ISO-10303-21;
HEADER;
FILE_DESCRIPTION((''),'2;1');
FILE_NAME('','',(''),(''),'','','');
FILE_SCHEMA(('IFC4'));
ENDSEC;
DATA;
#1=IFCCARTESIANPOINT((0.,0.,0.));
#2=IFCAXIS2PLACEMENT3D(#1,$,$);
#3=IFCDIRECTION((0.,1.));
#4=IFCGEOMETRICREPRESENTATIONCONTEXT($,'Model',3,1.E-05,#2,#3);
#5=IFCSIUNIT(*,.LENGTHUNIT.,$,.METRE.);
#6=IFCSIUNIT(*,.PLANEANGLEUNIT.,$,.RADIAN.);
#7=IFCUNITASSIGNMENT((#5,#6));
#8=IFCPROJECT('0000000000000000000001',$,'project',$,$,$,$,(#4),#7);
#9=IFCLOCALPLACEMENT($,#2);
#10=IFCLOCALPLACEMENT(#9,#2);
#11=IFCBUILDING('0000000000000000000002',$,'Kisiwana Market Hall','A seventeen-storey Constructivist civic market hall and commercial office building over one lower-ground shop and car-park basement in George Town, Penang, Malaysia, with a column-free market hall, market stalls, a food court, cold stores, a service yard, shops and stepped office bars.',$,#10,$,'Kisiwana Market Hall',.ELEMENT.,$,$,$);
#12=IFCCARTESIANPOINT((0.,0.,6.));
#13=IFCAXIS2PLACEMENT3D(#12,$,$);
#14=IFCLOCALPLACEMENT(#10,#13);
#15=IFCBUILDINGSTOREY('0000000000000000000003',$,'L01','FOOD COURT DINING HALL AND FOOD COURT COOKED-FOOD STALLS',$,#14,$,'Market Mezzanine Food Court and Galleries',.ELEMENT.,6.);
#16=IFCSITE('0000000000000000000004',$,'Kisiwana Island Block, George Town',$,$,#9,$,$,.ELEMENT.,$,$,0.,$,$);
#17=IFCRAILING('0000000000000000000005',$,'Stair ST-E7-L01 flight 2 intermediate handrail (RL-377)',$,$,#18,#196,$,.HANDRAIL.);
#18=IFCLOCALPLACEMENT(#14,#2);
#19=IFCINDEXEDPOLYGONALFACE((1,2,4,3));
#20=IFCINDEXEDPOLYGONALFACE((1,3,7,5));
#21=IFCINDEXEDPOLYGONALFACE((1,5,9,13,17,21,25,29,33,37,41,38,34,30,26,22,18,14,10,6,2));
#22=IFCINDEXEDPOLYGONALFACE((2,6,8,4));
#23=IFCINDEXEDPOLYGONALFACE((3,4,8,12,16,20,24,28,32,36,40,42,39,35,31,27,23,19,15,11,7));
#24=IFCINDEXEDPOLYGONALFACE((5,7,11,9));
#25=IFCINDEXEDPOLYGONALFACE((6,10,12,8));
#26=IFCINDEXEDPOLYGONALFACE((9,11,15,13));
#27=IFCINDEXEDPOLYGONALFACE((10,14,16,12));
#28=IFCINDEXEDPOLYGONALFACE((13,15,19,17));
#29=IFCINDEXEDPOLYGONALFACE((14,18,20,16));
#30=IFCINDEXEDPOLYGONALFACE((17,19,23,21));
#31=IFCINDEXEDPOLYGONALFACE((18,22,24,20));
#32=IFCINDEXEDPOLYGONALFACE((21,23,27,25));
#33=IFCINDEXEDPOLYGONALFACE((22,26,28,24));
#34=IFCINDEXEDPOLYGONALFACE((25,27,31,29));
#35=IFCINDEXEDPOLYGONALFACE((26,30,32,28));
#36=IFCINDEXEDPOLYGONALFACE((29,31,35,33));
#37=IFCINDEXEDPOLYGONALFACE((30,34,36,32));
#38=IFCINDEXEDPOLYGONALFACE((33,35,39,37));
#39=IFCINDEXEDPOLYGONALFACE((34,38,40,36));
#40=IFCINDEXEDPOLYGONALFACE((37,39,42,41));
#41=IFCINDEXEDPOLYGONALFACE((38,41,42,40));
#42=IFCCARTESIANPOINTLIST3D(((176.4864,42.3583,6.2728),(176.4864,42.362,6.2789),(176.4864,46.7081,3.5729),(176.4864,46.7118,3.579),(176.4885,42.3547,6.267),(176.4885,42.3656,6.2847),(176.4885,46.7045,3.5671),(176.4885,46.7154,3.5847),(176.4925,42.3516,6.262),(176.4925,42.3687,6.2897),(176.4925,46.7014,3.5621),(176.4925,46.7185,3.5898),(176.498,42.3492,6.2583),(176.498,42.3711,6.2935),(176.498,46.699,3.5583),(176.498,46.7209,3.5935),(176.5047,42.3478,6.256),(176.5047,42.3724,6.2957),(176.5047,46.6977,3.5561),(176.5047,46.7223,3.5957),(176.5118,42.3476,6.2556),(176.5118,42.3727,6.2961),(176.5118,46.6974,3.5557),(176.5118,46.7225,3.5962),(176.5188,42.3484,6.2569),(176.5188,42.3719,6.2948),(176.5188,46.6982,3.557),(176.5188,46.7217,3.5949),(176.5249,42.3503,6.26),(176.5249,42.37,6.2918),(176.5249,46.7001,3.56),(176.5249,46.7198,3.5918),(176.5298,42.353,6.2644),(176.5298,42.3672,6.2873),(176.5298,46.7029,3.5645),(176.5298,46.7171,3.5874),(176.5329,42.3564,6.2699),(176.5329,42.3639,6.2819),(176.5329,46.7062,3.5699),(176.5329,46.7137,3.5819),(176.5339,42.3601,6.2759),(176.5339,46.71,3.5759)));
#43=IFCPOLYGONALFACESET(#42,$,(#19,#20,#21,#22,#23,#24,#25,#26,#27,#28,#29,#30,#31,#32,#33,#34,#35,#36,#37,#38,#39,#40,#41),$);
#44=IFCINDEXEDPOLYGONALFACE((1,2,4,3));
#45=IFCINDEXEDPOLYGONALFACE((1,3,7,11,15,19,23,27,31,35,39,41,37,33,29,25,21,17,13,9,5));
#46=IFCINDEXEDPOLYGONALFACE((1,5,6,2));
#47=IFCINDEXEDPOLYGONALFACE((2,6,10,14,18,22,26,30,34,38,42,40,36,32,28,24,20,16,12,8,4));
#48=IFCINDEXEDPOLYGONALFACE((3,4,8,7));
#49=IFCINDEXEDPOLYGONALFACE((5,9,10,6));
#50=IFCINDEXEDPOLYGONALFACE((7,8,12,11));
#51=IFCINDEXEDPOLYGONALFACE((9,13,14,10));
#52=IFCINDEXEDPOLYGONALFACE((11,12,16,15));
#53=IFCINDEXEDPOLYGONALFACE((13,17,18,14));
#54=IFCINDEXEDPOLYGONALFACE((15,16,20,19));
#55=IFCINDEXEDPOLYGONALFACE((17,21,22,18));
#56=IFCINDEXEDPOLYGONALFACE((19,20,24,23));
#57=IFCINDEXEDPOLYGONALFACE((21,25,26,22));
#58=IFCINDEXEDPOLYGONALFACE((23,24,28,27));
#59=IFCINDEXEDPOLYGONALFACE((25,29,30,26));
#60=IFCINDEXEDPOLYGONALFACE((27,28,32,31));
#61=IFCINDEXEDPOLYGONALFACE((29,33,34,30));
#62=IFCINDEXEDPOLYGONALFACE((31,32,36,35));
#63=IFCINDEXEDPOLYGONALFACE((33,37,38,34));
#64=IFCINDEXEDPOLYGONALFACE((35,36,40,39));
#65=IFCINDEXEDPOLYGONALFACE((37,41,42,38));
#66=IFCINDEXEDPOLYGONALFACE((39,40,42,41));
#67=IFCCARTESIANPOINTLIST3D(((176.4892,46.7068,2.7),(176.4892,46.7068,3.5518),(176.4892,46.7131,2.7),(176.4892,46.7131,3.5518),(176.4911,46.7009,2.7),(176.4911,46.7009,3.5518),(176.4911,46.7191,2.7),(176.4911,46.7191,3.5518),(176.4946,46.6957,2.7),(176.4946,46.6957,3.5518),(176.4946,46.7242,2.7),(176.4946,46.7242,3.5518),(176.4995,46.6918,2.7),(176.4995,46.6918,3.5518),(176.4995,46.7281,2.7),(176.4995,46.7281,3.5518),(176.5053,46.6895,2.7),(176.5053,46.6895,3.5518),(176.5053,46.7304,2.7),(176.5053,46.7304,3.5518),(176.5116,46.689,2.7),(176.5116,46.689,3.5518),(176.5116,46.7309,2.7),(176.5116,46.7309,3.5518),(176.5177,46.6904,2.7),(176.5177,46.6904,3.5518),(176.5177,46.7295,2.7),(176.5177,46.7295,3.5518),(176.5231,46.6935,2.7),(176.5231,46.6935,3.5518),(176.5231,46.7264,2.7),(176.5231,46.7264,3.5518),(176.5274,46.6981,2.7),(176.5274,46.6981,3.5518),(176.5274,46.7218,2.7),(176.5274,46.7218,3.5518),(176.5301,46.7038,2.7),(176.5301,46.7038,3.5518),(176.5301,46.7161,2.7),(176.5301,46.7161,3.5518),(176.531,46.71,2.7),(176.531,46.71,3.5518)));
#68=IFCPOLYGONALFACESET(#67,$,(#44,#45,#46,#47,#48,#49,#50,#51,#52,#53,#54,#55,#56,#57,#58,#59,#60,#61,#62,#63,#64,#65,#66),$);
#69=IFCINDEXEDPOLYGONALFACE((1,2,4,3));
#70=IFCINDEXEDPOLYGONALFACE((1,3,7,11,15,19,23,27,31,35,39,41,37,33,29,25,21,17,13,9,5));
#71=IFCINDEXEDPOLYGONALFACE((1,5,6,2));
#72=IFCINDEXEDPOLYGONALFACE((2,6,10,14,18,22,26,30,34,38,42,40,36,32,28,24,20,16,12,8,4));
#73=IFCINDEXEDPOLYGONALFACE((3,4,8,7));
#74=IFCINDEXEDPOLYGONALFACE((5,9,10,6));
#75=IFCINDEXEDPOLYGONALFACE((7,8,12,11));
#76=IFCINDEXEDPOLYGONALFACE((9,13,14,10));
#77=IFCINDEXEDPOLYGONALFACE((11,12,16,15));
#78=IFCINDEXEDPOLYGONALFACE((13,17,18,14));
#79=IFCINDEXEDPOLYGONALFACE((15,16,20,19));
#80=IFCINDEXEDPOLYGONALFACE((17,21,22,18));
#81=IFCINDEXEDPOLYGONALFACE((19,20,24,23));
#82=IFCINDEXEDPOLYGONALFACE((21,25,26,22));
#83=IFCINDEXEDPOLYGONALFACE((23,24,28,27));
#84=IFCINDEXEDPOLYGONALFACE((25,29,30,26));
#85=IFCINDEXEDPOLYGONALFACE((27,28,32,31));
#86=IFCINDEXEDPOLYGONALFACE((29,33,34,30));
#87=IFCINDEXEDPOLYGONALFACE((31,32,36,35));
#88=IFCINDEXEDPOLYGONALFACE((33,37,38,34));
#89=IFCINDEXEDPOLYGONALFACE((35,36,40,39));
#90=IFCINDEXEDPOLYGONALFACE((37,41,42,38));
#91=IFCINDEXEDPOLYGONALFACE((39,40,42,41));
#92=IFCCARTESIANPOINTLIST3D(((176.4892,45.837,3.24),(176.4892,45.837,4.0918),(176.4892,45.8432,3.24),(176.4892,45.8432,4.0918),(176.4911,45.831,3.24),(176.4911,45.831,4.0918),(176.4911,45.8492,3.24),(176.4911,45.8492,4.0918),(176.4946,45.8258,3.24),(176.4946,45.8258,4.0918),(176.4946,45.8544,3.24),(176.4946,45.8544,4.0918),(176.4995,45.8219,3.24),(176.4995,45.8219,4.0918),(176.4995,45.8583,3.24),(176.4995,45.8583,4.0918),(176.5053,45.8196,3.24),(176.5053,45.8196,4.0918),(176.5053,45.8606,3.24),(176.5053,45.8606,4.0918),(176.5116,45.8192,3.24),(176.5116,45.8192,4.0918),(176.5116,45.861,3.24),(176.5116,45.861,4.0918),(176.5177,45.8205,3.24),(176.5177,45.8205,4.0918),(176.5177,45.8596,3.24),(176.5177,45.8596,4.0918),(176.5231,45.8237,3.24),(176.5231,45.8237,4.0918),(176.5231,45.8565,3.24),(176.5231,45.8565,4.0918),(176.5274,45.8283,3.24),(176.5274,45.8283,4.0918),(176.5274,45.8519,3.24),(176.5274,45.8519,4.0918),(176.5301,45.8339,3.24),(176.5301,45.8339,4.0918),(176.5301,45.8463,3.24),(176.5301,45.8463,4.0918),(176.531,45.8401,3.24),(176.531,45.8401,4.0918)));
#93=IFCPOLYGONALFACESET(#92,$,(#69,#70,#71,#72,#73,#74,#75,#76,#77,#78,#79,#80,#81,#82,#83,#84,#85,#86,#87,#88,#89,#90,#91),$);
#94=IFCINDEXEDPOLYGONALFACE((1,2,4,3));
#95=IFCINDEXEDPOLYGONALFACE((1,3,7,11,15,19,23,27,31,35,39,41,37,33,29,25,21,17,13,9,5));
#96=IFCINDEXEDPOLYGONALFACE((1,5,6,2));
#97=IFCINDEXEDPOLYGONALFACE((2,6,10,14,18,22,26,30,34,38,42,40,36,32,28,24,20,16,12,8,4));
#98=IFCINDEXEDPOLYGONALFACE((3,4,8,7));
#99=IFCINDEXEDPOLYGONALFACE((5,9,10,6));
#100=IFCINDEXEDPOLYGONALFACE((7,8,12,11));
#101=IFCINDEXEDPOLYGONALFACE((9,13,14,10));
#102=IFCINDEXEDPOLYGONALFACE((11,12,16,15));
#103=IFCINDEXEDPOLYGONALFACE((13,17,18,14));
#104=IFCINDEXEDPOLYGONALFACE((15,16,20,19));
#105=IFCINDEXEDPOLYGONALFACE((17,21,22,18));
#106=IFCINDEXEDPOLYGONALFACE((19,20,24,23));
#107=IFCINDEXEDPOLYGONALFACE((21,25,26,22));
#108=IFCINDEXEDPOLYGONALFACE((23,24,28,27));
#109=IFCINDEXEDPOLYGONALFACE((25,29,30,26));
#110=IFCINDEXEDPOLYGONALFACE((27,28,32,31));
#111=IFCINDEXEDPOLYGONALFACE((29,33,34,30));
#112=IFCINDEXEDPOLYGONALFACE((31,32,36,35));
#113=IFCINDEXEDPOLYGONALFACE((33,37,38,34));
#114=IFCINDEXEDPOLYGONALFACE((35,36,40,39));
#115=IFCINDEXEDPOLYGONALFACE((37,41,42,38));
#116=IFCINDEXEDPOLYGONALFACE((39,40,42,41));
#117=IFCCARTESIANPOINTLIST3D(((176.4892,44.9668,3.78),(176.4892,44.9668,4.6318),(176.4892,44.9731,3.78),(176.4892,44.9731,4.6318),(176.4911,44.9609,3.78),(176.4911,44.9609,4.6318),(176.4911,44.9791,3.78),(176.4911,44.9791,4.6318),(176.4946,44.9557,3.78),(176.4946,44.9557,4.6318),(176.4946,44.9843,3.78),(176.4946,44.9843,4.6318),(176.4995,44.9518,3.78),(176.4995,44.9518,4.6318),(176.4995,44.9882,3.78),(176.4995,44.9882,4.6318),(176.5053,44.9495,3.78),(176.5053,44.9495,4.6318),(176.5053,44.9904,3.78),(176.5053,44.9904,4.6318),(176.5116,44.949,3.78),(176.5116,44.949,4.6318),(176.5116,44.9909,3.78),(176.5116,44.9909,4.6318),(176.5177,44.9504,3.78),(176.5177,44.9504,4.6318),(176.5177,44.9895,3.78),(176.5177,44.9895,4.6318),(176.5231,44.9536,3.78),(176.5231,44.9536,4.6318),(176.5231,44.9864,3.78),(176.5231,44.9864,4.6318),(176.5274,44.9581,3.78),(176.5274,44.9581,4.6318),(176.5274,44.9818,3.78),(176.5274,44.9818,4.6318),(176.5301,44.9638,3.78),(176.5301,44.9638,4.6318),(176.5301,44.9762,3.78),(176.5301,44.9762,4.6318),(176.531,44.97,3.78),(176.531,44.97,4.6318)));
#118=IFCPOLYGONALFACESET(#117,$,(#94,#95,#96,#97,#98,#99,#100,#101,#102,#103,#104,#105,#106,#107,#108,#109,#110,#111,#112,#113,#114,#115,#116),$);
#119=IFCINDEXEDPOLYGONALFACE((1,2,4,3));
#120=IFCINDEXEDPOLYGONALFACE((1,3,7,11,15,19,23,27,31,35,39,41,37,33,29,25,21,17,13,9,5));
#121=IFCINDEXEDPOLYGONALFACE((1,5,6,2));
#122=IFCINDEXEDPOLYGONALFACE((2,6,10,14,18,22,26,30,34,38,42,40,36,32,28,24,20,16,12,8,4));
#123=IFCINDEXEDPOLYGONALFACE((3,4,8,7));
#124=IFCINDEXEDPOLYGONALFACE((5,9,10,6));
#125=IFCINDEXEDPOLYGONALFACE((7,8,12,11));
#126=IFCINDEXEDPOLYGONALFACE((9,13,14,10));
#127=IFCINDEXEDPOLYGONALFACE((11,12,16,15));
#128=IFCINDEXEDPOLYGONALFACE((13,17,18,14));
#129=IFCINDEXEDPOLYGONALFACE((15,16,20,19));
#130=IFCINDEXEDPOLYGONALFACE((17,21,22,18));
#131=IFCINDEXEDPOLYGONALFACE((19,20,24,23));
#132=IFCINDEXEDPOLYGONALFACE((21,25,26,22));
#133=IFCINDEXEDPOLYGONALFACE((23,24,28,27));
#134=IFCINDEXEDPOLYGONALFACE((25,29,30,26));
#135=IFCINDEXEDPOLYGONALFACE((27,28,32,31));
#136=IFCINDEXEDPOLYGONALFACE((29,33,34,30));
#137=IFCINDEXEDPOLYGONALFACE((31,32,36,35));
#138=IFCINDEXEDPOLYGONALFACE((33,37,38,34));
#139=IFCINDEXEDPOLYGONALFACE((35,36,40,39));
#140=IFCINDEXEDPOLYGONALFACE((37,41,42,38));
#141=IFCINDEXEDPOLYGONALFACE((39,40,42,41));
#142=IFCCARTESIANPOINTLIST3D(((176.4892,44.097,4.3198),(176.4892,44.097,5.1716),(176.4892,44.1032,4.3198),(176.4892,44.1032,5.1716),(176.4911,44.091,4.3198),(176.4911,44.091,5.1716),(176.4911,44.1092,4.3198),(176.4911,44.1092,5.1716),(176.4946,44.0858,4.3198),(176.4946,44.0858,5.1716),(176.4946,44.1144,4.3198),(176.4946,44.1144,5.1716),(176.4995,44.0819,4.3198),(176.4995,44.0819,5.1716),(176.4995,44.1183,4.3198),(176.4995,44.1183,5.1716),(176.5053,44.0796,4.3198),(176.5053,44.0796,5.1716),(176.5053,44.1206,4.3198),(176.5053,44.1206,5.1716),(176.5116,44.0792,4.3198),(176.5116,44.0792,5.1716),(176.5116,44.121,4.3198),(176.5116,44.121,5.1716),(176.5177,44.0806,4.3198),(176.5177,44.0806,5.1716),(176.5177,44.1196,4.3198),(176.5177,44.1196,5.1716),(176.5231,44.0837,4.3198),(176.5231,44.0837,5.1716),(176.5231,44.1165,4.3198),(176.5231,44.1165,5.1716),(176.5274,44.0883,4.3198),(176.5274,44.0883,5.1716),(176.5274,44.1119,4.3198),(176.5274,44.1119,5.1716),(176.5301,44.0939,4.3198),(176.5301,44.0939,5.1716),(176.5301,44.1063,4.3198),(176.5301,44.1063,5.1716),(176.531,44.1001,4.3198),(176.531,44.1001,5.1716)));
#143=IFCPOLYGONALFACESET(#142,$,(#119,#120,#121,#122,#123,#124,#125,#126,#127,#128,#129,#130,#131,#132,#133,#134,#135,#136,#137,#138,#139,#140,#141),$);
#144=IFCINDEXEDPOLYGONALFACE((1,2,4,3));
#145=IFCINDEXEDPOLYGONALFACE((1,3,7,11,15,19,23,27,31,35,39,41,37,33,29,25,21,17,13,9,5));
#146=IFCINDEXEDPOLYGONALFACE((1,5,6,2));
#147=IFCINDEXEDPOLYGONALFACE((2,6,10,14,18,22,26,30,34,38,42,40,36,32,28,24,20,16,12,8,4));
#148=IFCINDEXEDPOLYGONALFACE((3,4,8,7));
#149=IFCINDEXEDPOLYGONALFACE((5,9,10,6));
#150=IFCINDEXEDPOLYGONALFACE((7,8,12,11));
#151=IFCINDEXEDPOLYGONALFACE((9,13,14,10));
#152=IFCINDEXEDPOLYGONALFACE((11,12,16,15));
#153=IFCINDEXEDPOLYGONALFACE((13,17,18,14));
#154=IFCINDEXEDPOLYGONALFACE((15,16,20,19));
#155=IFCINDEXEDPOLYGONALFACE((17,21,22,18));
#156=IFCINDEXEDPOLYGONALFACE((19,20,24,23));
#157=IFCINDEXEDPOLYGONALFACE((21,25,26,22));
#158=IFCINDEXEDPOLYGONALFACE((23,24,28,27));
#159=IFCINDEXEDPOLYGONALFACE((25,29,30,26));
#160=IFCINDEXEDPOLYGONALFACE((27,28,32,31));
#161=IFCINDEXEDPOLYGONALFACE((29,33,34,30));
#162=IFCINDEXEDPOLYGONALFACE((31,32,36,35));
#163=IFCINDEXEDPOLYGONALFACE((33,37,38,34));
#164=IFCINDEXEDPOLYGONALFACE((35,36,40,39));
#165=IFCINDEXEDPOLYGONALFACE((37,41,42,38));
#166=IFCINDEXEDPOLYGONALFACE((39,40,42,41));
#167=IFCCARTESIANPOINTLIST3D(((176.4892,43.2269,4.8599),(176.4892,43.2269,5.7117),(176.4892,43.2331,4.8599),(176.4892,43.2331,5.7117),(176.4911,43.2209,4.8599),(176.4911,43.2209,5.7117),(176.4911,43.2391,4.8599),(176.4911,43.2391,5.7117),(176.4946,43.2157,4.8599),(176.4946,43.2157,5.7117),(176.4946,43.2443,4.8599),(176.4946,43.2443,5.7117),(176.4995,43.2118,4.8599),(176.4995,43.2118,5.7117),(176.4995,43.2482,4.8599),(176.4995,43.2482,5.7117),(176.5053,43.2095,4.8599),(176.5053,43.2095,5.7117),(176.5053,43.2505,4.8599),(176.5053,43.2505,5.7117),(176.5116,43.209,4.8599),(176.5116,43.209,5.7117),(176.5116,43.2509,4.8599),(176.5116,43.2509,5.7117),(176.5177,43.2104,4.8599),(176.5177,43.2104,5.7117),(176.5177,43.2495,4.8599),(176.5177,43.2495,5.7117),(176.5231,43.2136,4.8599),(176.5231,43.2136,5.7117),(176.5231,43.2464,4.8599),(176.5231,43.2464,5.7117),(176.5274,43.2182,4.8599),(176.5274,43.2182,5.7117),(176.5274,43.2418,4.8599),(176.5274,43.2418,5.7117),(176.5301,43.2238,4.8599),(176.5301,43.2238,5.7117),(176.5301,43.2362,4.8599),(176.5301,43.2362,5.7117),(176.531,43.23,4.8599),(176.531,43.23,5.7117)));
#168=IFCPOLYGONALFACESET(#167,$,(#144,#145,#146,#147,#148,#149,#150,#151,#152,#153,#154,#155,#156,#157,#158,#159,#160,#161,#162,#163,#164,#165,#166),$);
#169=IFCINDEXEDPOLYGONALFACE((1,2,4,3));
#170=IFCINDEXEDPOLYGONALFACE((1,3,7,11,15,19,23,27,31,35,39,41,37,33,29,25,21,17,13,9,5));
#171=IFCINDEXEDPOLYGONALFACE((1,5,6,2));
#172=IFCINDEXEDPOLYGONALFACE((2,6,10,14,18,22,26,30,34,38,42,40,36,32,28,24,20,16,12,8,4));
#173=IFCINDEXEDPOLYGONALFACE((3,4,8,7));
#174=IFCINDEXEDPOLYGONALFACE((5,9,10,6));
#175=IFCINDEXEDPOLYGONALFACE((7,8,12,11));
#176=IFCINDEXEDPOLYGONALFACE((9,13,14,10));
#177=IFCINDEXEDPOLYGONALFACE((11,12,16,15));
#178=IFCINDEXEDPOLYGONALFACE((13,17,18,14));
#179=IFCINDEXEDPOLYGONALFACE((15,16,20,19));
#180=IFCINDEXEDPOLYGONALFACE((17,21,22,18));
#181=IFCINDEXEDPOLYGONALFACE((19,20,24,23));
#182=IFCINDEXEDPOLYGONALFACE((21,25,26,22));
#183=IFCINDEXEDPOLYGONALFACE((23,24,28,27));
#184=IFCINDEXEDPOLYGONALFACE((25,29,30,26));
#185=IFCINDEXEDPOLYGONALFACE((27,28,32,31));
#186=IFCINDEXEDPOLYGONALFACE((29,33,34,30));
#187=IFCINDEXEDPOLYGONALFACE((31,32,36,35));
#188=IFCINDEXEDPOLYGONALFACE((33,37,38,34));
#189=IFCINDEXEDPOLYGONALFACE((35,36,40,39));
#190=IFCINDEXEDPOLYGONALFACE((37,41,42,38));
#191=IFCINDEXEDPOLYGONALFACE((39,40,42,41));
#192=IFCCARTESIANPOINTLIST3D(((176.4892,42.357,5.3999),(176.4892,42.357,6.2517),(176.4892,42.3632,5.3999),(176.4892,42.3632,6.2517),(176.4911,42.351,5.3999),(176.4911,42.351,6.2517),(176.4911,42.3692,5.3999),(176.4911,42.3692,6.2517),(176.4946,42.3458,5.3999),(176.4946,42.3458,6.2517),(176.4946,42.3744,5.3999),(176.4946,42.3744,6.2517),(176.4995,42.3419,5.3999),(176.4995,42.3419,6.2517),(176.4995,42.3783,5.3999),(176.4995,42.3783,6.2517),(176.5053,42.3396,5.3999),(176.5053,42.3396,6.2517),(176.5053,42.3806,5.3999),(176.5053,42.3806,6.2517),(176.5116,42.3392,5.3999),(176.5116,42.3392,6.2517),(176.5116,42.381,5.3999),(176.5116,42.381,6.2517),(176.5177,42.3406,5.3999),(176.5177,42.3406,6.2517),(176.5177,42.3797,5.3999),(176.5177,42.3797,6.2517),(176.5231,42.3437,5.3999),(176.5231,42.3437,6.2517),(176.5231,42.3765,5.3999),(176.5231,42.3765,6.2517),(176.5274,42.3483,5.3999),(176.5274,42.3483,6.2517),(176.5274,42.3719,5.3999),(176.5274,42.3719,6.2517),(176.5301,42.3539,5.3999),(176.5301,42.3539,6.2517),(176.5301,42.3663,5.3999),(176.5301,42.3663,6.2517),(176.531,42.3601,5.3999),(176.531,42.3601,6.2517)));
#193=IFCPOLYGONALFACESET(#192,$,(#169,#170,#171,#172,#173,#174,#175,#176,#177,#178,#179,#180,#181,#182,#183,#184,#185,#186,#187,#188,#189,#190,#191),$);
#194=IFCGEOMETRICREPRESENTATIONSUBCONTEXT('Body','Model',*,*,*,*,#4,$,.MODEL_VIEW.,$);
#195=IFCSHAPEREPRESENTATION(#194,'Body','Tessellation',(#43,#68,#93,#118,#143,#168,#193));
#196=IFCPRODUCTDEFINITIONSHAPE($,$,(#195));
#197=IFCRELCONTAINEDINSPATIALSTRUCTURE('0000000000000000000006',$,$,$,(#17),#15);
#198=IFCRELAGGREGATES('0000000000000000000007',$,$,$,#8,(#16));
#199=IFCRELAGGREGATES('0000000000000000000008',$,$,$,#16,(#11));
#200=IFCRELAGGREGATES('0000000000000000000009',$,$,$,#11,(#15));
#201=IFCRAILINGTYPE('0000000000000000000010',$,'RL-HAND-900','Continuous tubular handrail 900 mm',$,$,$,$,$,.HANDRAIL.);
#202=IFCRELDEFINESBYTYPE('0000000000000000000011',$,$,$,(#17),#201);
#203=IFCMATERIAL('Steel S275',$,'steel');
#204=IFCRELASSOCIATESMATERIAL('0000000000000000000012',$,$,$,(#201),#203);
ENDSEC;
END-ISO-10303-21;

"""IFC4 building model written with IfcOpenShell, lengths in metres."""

from ifc_helpers import new_model, si_unit, direction, frame, origin, origin_2d, place, context, subcontext, project, spatial, circle, extrude, material, type_object, element, save


model = new_model("IFC4")

# Units and contexts
model_context = context("Model", 3, precision=1e-05, world=origin(), true_north=direction((0.0, 1.0)))
body_context = subcontext(model_context, "Body", "Model", "MODEL_VIEW")
ifc_project = project(units=[si_unit("LENGTHUNIT", "METRE"), si_unit("PLANEANGLEUNIT", "RADIAN")], contexts=[model_context])

# Site, building, storey
site_placement = place(None, origin())
site = spatial("IfcSite", under=ifc_project, at=site_placement, Name="Kisiwana Island Block, George Town", CompositionType="ELEMENT", RefElevation=0.0)
building_placement = place(site_placement, origin())
building = spatial("IfcBuilding", under=site, at=building_placement, Name="Kisiwana Market Hall", Description="A seventeen-storey Constructivist civic market hall and commercial office building over one lower-ground shop and car-park basement in George Town, Penang, Malaysia, with a column-free market hall, market stalls, a food court, cold stores, a service yard, shops and stepped office bars.", LongName="Kisiwana Market Hall", CompositionType="ELEMENT")
storey_placement = place(building_placement, frame((0.0, 0.0, 6.0)))
storey = spatial("IfcBuildingStorey", under=building, at=storey_placement, Name="L01", Description="FOOD COURT DINING HALL AND FOOD COURT COOKED-FOOD STALLS", LongName="Market Mezzanine Food Court and Galleries", CompositionType="ELEMENT", Elevation=6.0)

# Railing
ifc_material_1 = material(Name="Steel S275", Category="steel")
railing_type_1 = type_object("IfcRailingType", Name="RL-HAND-900", Description="Continuous tubular handrail 900 mm", PredefinedType="HANDRAIL", material=ifc_material_1)
for number, where, name in (
    (1, (176.51, 46.71, 2.7), "Stair ST-E7-L01 flight 2 intermediate handrail (RL-377)"),
):
    element("IfcRailing", number, at=place(storey_placement, frame(where)), inside=storey, type_object=railing_type_1, Name=name, PredefinedType="HANDRAIL", context=body_context, shape_type="SweptSolid", body=[
        extrude(circle(Radius=0.0239, at=origin_2d()), frame((0.0, 0.0, 0.876), z_axis=(0.0, -0.849636, 0.527369), x_axis=(1.0, 0.0, 0.0)), (0.0, 0.0, 1.0), 5.1196),
        extrude(circle(Radius=0.021, at=origin_2d()), origin(), (0.0, 0.0, 1.0), 0.8518),
        extrude(circle(Radius=0.021, at=origin_2d()), frame((0.0, -0.8699, 0.54)), (0.0, 0.0, 1.0), 0.8518),
        extrude(circle(Radius=0.021, at=origin_2d()), frame((0.0, -1.74, 1.0801)), (0.0, 0.0, 1.0), 0.8518),
        extrude(circle(Radius=0.021, at=origin_2d()), frame((0.0, -2.6099, 1.6199)), (0.0, 0.0, 1.0), 0.8518),
        extrude(circle(Radius=0.021, at=origin_2d()), frame((0.0, -3.48, 2.1599)), (0.0, 0.0, 1.0), 0.8518),
        extrude(circle(Radius=0.021, at=origin_2d()), frame((0.0, -4.3499, 2.7)), (0.0, 0.0, 1.0), 0.8518),
    ])

save(model, "model.ifc")
